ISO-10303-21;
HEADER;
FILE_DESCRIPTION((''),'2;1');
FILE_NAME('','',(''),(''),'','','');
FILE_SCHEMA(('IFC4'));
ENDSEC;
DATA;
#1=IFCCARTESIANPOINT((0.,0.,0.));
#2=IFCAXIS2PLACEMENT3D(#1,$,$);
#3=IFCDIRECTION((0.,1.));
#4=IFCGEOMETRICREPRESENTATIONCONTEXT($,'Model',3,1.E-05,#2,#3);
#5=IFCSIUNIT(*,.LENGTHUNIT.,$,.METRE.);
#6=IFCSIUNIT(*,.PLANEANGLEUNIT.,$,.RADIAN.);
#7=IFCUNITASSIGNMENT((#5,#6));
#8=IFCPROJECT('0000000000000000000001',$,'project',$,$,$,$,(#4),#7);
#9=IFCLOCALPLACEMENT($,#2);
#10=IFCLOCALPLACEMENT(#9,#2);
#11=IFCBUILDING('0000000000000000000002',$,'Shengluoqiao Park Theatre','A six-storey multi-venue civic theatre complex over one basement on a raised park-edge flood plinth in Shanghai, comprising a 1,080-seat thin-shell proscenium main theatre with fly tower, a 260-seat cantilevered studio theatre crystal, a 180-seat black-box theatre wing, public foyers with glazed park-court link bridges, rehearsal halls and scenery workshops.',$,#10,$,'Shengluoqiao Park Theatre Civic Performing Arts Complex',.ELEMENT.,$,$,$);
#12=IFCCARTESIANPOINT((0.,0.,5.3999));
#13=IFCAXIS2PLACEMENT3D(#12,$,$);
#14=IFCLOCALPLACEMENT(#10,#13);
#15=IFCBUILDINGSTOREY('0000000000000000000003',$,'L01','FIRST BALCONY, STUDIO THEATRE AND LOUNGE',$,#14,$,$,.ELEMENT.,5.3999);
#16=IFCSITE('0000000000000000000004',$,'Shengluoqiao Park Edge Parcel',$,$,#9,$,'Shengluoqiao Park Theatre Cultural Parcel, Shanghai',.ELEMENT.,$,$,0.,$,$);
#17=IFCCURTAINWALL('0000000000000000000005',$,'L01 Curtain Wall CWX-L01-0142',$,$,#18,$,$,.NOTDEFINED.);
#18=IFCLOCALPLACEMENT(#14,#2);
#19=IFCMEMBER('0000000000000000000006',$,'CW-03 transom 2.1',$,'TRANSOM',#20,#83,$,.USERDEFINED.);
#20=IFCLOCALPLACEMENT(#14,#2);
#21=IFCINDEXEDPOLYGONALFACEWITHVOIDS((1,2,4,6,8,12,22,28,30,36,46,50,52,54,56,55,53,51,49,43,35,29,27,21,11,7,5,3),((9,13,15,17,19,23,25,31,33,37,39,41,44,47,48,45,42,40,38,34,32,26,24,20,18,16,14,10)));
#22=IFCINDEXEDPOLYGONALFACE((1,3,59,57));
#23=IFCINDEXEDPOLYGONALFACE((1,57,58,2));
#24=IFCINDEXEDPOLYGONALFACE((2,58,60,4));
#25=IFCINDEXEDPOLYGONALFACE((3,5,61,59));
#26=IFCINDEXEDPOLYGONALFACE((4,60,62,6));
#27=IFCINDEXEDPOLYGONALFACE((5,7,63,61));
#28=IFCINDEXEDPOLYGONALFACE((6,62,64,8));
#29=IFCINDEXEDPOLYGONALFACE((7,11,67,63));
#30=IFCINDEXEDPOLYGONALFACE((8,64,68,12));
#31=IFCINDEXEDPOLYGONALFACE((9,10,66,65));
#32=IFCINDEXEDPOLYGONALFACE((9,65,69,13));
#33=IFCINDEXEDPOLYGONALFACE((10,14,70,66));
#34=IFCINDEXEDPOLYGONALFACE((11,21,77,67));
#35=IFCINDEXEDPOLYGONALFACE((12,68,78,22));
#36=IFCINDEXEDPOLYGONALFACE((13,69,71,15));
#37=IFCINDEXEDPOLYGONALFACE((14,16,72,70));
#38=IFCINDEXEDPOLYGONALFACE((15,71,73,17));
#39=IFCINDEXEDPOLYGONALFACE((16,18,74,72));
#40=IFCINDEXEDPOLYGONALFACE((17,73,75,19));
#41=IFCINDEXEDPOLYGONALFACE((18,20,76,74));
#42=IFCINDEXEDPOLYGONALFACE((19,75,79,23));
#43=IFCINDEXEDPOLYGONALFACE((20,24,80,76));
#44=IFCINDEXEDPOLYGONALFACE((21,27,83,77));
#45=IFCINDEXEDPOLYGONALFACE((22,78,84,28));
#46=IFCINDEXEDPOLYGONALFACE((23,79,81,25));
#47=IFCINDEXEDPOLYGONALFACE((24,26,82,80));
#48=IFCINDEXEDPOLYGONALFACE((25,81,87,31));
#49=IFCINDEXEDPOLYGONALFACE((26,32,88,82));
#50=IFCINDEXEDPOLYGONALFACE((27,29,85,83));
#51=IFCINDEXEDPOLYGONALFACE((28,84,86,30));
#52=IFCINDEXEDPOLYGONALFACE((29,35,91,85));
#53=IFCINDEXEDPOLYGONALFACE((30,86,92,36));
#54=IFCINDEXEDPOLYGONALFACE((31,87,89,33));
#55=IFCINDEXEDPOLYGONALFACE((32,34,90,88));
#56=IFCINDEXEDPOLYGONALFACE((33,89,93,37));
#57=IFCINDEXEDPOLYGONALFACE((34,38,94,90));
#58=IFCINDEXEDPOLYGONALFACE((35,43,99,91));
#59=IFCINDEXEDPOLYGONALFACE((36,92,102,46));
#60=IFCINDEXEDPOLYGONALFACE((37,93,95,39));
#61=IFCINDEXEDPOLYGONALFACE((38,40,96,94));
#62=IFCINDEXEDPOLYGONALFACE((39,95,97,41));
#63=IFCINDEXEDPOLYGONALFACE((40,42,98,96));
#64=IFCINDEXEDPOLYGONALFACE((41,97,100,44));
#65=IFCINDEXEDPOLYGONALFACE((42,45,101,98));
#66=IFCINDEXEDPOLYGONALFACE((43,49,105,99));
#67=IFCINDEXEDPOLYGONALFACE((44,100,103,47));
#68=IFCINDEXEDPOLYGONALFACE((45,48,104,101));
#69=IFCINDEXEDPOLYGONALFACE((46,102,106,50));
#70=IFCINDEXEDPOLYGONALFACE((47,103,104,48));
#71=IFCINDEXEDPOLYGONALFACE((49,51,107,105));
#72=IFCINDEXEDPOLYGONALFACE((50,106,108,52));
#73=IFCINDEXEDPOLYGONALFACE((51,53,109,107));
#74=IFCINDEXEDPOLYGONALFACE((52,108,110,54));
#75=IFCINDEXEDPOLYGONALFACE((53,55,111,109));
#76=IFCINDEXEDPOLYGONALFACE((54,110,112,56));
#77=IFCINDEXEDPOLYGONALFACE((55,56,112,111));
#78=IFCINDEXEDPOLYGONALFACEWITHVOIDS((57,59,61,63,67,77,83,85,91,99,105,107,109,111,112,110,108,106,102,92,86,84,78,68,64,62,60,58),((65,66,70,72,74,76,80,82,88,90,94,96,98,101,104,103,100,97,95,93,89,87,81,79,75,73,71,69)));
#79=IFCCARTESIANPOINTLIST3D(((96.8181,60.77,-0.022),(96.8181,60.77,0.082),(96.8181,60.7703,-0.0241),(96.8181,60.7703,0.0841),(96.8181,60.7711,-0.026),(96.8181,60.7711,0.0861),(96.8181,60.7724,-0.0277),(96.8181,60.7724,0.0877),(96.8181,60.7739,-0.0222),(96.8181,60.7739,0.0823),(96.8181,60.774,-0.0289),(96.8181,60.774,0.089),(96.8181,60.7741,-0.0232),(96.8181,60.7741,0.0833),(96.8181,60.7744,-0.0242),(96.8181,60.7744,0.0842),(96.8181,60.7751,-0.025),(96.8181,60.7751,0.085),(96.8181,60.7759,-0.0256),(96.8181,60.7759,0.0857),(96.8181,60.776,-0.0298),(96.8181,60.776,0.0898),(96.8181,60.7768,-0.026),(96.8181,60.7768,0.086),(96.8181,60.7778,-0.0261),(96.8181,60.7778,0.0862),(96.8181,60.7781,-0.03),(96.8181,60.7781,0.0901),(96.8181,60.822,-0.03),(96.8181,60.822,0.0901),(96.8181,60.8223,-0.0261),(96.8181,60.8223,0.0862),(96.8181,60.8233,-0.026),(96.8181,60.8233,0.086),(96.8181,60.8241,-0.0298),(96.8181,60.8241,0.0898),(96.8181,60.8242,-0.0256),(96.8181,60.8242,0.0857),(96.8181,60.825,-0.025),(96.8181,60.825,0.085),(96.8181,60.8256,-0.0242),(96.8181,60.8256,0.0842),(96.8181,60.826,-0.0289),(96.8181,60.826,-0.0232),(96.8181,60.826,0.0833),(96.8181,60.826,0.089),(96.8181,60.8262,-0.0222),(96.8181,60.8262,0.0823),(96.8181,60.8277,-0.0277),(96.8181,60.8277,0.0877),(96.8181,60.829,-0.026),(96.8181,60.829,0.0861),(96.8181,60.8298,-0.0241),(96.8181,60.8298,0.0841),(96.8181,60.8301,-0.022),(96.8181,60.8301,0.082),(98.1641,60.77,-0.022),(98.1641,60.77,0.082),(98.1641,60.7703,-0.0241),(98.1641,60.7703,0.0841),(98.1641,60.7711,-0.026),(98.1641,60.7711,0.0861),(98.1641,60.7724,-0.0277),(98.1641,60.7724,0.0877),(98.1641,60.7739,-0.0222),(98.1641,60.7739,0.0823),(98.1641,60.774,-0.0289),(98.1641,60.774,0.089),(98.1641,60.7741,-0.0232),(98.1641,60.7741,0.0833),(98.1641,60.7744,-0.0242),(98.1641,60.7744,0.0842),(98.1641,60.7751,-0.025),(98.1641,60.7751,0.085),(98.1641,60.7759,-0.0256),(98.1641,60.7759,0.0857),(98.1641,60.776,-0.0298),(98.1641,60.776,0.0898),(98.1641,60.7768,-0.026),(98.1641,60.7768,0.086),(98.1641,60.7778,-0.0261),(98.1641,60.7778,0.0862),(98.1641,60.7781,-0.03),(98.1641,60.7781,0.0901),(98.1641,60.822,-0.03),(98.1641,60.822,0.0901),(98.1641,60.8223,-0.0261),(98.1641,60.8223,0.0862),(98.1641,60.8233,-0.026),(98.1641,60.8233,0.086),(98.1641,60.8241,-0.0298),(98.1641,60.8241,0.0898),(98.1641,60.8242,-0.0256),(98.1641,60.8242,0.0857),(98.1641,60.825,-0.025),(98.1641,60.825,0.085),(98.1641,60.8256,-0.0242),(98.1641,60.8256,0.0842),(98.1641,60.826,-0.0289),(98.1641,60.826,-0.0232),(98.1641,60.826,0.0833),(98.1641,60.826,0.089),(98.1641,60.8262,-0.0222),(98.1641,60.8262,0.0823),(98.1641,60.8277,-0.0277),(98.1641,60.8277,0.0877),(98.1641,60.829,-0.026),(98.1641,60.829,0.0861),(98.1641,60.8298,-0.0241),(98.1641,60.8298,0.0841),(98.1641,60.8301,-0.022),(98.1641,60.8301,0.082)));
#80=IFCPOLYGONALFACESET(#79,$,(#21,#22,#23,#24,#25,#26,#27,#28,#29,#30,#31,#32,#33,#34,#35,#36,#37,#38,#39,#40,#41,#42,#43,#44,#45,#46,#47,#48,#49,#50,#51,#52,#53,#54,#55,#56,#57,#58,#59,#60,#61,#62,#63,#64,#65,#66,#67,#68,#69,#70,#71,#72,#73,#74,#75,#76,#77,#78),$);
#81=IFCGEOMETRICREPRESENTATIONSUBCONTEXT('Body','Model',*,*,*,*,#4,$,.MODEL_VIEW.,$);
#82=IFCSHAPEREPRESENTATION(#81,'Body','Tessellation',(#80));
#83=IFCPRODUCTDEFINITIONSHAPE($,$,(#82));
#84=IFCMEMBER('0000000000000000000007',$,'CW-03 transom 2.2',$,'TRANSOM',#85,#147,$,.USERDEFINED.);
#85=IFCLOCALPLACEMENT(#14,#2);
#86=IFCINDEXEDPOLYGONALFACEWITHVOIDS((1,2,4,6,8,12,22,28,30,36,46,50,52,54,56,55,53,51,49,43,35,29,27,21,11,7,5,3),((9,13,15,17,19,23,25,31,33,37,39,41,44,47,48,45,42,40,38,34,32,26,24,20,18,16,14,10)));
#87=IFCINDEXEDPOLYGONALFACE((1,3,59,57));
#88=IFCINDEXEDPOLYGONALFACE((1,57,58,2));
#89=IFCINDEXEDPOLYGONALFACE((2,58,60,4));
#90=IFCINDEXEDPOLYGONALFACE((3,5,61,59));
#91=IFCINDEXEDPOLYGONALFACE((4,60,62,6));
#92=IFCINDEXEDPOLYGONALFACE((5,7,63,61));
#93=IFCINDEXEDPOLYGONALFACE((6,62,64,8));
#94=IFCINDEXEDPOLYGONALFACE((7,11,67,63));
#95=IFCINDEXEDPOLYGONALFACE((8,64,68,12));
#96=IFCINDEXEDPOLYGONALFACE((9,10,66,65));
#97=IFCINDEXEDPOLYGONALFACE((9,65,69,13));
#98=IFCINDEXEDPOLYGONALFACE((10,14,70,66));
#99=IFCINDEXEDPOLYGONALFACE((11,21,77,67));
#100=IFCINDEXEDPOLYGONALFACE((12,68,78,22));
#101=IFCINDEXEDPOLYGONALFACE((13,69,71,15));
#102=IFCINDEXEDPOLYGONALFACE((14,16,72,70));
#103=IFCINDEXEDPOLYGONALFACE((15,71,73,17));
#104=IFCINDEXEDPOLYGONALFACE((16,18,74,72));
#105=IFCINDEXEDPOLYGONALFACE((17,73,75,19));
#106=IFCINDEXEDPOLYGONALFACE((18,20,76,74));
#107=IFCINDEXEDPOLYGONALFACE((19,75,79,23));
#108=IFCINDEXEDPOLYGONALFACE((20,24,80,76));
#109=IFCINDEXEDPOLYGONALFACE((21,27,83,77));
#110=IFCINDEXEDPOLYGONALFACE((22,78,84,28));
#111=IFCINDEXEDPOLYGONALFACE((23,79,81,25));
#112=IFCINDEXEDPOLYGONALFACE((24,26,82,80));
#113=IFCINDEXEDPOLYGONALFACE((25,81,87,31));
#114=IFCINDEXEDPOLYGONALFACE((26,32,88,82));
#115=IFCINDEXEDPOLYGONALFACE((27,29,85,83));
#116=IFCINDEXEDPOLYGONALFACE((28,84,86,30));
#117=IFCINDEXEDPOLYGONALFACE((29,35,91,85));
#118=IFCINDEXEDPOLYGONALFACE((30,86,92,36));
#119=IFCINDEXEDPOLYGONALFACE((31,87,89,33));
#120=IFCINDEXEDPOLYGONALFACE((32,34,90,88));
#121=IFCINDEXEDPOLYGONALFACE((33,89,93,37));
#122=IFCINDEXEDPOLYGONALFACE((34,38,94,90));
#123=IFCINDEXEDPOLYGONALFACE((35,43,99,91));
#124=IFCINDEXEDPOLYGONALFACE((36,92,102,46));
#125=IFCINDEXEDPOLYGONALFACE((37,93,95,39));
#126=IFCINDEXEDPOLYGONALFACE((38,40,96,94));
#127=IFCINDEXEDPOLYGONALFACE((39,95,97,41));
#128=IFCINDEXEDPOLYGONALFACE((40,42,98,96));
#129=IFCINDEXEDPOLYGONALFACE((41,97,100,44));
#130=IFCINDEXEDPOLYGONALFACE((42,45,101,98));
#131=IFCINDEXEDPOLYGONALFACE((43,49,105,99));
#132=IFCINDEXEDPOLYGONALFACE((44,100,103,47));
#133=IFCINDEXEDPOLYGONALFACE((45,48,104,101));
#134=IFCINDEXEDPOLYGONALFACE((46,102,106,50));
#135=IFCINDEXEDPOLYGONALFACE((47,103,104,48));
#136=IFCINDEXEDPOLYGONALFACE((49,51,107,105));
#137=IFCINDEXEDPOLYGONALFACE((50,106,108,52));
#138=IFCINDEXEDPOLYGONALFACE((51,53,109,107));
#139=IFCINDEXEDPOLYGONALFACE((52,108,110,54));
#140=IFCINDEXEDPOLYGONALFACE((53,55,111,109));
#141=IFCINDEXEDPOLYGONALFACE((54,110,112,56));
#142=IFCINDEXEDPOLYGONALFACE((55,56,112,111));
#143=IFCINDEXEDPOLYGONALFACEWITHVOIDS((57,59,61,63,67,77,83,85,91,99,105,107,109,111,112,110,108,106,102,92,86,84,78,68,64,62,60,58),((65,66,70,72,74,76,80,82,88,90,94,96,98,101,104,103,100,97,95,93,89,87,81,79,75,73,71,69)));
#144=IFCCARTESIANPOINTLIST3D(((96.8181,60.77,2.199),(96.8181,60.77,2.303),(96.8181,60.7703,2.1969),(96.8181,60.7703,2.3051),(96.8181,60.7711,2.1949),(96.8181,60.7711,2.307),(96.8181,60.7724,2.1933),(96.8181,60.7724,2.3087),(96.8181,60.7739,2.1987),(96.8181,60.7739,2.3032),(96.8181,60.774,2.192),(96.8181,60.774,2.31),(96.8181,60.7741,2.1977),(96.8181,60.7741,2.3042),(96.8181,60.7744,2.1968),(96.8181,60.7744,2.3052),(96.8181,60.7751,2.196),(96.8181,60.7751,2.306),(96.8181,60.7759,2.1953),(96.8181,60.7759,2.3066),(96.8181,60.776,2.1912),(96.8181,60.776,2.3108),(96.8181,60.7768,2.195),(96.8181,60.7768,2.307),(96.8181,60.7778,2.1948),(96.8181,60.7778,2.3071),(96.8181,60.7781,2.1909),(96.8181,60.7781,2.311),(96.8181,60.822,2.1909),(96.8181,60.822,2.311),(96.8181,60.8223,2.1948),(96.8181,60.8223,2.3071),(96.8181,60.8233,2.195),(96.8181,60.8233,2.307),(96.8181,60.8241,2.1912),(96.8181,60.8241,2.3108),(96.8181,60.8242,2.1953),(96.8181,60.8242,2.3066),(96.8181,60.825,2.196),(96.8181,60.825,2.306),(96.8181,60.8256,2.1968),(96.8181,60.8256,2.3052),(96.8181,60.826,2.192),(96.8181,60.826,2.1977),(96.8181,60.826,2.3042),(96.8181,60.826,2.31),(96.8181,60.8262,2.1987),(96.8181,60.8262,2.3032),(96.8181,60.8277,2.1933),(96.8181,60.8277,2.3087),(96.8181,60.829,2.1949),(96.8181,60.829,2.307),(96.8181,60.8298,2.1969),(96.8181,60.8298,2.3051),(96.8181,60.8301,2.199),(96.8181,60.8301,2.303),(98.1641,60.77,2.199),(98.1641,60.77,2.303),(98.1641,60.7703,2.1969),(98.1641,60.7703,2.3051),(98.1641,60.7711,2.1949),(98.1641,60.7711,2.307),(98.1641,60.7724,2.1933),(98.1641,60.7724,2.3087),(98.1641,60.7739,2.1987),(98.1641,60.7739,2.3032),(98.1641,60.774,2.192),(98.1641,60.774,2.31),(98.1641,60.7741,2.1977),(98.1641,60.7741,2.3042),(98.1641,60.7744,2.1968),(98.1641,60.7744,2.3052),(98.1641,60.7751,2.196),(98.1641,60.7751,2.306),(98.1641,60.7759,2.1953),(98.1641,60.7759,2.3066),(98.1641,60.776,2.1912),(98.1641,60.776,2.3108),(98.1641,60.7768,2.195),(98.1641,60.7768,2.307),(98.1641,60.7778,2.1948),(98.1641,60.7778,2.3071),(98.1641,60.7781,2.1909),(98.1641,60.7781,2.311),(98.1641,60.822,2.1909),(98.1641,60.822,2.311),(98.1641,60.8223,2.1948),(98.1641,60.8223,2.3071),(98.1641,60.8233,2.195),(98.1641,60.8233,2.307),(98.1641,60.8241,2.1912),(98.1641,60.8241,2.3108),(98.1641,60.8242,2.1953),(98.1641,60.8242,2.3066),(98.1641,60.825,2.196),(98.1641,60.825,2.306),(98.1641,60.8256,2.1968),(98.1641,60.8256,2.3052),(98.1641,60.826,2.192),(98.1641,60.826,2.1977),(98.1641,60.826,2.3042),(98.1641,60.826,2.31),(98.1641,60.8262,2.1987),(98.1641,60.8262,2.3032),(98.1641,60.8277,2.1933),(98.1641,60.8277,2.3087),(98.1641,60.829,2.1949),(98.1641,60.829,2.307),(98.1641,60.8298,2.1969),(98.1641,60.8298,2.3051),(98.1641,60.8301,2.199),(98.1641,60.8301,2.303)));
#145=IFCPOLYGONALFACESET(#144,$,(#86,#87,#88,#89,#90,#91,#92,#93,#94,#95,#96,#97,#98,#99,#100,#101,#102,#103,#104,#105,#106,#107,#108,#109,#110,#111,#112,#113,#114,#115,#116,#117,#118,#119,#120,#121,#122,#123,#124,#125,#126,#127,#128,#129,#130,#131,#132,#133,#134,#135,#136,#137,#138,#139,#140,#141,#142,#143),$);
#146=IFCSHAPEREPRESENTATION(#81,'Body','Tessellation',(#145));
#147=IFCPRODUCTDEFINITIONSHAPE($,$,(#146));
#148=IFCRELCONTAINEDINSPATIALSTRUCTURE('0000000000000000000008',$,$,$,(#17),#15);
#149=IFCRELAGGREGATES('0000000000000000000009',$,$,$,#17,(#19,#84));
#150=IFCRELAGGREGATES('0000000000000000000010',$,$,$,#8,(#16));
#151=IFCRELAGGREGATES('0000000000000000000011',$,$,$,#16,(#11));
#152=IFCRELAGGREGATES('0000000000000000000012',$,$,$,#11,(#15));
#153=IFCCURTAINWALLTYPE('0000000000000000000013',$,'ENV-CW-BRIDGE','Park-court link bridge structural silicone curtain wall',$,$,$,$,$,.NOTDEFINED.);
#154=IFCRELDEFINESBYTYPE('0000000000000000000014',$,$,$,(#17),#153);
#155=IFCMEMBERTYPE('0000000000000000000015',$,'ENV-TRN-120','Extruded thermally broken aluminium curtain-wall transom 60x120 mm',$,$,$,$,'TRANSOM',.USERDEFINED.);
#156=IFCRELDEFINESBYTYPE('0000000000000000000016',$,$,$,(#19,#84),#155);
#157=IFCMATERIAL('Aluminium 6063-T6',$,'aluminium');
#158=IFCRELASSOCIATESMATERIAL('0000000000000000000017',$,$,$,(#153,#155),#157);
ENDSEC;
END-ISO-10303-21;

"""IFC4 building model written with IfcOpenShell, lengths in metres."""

from ifc_helpers import new_model, si_unit, direction, frame, origin, origin_2d, place, context, subcontext, project, spatial, hollow_rectangle, extrude, material, material_profile, profile_set, type_object, element, aggregate, save


model = new_model("IFC4")

# Units and contexts
model_context = context("Model", 3, precision=1e-05, world=origin(), true_north=direction((0.0, 1.0)))
body_context = subcontext(model_context, "Body", "Model", "MODEL_VIEW")
ifc_project = project(units=[si_unit("LENGTHUNIT", "METRE"), si_unit("PLANEANGLEUNIT", "RADIAN")], contexts=[model_context])

# Site, building, storey
site_placement = place(None, origin())
site = spatial("IfcSite", under=ifc_project, at=site_placement, Name="Shengluoqiao Park Edge Parcel", LongName="Shengluoqiao Park Theatre Cultural Parcel, Shanghai", CompositionType="ELEMENT", RefElevation=0.0)
building_placement = place(site_placement, origin())
building = spatial("IfcBuilding", under=site, at=building_placement, Name="Shengluoqiao Park Theatre", Description="A six-storey multi-venue civic theatre complex over one basement on a raised park-edge flood plinth in Shanghai, comprising a 1,080-seat thin-shell proscenium main theatre with fly tower, a 260-seat cantilevered studio theatre crystal, a 180-seat black-box theatre wing, public foyers with glazed park-court link bridges, rehearsal halls and scenery workshops.", LongName="Shengluoqiao Park Theatre Civic Performing Arts Complex", CompositionType="ELEMENT")
storey_placement = place(building_placement, frame((0.0, 0.0, 5.3999)))
storey = spatial("IfcBuildingStorey", under=building, at=storey_placement, Name="L01", Description="FIRST BALCONY, STUDIO THEATRE AND LOUNGE", CompositionType="ELEMENT", Elevation=5.3999)

# Shared definitions
ifc_material_1 = material(Name="Aluminium 6063-T6", Category="aluminium")
curtain_wall_type = type_object("IfcCurtainWallType", Name="ENV-CW-BRIDGE", Description="Park-court link bridge structural silicone curtain wall", PredefinedType="NOTDEFINED", material=ifc_material_1)

# Curtain wall
curtain_wall_1_placement = place(storey_placement, origin())
curtain_wall_1 = element("IfcCurtainWall", 1, at=curtain_wall_1_placement, inside=storey, type_object=curtain_wall_type, Name="L01 Curtain Wall CWX-L01-0142", PredefinedType="NOTDEFINED")

# Members
ifc_material_profile_1 = material_profile(ifc_material_1, hollow_rectangle(XDim=0.0601, YDim=0.1201, WallThickness=0.0039, InnerFilletRadius=0.0039, OuterFilletRadius=0.0081, at=origin_2d()), Name="ALU TRANSOM 120x60x4")
ifc_profile_set_1 = profile_set([ifc_material_profile_1], Name="Aluminium 6063-T6")
member_type_1 = type_object("IfcMemberType", Name="ENV-TRN-120", Description="Extruded thermally broken aluminium curtain-wall transom 60x120 mm", ElementType="TRANSOM", PredefinedType="USERDEFINED", material=ifc_profile_set_1)
member_1_placement = place(storey_placement, frame((96.8181, 60.8, 0.03), z_axis=(1.0, 0.0, 0.0), x_axis=(0.0, 1.0, 0.0)))
member_1 = element("IfcMember", 2, at=member_1_placement, type_object=member_type_1, Name="CW-03 transom 2.1", ObjectType="TRANSOM", PredefinedType="USERDEFINED", context=body_context, shape_type="SweptSolid", body=[
    extrude(hollow_rectangle(XDim=0.0601, YDim=0.1201, WallThickness=0.0039, InnerFilletRadius=0.0039, OuterFilletRadius=0.0081, at=origin_2d()), origin(), (0.0, 0.0, 1.0), 1.3459),
])
member_2_placement = place(storey_placement, frame((96.8181, 60.8, 2.251), z_axis=(1.0, 0.0, 0.0), x_axis=(0.0, 1.0, 0.0)))
member_2 = element("IfcMember", 3, at=member_2_placement, type_object=member_type_1, Name="CW-03 transom 2.2", ObjectType="TRANSOM", PredefinedType="USERDEFINED", context=body_context, shape_type="SweptSolid", body=[
    extrude(hollow_rectangle(XDim=0.0601, YDim=0.1201, WallThickness=0.0039, InnerFilletRadius=0.0039, OuterFilletRadius=0.0081, at=origin_2d()), origin(), (0.0, 0.0, 1.0), 1.3459),
])

aggregate(curtain_wall_1, [member_1, member_2])

save(model, "model.ifc")
